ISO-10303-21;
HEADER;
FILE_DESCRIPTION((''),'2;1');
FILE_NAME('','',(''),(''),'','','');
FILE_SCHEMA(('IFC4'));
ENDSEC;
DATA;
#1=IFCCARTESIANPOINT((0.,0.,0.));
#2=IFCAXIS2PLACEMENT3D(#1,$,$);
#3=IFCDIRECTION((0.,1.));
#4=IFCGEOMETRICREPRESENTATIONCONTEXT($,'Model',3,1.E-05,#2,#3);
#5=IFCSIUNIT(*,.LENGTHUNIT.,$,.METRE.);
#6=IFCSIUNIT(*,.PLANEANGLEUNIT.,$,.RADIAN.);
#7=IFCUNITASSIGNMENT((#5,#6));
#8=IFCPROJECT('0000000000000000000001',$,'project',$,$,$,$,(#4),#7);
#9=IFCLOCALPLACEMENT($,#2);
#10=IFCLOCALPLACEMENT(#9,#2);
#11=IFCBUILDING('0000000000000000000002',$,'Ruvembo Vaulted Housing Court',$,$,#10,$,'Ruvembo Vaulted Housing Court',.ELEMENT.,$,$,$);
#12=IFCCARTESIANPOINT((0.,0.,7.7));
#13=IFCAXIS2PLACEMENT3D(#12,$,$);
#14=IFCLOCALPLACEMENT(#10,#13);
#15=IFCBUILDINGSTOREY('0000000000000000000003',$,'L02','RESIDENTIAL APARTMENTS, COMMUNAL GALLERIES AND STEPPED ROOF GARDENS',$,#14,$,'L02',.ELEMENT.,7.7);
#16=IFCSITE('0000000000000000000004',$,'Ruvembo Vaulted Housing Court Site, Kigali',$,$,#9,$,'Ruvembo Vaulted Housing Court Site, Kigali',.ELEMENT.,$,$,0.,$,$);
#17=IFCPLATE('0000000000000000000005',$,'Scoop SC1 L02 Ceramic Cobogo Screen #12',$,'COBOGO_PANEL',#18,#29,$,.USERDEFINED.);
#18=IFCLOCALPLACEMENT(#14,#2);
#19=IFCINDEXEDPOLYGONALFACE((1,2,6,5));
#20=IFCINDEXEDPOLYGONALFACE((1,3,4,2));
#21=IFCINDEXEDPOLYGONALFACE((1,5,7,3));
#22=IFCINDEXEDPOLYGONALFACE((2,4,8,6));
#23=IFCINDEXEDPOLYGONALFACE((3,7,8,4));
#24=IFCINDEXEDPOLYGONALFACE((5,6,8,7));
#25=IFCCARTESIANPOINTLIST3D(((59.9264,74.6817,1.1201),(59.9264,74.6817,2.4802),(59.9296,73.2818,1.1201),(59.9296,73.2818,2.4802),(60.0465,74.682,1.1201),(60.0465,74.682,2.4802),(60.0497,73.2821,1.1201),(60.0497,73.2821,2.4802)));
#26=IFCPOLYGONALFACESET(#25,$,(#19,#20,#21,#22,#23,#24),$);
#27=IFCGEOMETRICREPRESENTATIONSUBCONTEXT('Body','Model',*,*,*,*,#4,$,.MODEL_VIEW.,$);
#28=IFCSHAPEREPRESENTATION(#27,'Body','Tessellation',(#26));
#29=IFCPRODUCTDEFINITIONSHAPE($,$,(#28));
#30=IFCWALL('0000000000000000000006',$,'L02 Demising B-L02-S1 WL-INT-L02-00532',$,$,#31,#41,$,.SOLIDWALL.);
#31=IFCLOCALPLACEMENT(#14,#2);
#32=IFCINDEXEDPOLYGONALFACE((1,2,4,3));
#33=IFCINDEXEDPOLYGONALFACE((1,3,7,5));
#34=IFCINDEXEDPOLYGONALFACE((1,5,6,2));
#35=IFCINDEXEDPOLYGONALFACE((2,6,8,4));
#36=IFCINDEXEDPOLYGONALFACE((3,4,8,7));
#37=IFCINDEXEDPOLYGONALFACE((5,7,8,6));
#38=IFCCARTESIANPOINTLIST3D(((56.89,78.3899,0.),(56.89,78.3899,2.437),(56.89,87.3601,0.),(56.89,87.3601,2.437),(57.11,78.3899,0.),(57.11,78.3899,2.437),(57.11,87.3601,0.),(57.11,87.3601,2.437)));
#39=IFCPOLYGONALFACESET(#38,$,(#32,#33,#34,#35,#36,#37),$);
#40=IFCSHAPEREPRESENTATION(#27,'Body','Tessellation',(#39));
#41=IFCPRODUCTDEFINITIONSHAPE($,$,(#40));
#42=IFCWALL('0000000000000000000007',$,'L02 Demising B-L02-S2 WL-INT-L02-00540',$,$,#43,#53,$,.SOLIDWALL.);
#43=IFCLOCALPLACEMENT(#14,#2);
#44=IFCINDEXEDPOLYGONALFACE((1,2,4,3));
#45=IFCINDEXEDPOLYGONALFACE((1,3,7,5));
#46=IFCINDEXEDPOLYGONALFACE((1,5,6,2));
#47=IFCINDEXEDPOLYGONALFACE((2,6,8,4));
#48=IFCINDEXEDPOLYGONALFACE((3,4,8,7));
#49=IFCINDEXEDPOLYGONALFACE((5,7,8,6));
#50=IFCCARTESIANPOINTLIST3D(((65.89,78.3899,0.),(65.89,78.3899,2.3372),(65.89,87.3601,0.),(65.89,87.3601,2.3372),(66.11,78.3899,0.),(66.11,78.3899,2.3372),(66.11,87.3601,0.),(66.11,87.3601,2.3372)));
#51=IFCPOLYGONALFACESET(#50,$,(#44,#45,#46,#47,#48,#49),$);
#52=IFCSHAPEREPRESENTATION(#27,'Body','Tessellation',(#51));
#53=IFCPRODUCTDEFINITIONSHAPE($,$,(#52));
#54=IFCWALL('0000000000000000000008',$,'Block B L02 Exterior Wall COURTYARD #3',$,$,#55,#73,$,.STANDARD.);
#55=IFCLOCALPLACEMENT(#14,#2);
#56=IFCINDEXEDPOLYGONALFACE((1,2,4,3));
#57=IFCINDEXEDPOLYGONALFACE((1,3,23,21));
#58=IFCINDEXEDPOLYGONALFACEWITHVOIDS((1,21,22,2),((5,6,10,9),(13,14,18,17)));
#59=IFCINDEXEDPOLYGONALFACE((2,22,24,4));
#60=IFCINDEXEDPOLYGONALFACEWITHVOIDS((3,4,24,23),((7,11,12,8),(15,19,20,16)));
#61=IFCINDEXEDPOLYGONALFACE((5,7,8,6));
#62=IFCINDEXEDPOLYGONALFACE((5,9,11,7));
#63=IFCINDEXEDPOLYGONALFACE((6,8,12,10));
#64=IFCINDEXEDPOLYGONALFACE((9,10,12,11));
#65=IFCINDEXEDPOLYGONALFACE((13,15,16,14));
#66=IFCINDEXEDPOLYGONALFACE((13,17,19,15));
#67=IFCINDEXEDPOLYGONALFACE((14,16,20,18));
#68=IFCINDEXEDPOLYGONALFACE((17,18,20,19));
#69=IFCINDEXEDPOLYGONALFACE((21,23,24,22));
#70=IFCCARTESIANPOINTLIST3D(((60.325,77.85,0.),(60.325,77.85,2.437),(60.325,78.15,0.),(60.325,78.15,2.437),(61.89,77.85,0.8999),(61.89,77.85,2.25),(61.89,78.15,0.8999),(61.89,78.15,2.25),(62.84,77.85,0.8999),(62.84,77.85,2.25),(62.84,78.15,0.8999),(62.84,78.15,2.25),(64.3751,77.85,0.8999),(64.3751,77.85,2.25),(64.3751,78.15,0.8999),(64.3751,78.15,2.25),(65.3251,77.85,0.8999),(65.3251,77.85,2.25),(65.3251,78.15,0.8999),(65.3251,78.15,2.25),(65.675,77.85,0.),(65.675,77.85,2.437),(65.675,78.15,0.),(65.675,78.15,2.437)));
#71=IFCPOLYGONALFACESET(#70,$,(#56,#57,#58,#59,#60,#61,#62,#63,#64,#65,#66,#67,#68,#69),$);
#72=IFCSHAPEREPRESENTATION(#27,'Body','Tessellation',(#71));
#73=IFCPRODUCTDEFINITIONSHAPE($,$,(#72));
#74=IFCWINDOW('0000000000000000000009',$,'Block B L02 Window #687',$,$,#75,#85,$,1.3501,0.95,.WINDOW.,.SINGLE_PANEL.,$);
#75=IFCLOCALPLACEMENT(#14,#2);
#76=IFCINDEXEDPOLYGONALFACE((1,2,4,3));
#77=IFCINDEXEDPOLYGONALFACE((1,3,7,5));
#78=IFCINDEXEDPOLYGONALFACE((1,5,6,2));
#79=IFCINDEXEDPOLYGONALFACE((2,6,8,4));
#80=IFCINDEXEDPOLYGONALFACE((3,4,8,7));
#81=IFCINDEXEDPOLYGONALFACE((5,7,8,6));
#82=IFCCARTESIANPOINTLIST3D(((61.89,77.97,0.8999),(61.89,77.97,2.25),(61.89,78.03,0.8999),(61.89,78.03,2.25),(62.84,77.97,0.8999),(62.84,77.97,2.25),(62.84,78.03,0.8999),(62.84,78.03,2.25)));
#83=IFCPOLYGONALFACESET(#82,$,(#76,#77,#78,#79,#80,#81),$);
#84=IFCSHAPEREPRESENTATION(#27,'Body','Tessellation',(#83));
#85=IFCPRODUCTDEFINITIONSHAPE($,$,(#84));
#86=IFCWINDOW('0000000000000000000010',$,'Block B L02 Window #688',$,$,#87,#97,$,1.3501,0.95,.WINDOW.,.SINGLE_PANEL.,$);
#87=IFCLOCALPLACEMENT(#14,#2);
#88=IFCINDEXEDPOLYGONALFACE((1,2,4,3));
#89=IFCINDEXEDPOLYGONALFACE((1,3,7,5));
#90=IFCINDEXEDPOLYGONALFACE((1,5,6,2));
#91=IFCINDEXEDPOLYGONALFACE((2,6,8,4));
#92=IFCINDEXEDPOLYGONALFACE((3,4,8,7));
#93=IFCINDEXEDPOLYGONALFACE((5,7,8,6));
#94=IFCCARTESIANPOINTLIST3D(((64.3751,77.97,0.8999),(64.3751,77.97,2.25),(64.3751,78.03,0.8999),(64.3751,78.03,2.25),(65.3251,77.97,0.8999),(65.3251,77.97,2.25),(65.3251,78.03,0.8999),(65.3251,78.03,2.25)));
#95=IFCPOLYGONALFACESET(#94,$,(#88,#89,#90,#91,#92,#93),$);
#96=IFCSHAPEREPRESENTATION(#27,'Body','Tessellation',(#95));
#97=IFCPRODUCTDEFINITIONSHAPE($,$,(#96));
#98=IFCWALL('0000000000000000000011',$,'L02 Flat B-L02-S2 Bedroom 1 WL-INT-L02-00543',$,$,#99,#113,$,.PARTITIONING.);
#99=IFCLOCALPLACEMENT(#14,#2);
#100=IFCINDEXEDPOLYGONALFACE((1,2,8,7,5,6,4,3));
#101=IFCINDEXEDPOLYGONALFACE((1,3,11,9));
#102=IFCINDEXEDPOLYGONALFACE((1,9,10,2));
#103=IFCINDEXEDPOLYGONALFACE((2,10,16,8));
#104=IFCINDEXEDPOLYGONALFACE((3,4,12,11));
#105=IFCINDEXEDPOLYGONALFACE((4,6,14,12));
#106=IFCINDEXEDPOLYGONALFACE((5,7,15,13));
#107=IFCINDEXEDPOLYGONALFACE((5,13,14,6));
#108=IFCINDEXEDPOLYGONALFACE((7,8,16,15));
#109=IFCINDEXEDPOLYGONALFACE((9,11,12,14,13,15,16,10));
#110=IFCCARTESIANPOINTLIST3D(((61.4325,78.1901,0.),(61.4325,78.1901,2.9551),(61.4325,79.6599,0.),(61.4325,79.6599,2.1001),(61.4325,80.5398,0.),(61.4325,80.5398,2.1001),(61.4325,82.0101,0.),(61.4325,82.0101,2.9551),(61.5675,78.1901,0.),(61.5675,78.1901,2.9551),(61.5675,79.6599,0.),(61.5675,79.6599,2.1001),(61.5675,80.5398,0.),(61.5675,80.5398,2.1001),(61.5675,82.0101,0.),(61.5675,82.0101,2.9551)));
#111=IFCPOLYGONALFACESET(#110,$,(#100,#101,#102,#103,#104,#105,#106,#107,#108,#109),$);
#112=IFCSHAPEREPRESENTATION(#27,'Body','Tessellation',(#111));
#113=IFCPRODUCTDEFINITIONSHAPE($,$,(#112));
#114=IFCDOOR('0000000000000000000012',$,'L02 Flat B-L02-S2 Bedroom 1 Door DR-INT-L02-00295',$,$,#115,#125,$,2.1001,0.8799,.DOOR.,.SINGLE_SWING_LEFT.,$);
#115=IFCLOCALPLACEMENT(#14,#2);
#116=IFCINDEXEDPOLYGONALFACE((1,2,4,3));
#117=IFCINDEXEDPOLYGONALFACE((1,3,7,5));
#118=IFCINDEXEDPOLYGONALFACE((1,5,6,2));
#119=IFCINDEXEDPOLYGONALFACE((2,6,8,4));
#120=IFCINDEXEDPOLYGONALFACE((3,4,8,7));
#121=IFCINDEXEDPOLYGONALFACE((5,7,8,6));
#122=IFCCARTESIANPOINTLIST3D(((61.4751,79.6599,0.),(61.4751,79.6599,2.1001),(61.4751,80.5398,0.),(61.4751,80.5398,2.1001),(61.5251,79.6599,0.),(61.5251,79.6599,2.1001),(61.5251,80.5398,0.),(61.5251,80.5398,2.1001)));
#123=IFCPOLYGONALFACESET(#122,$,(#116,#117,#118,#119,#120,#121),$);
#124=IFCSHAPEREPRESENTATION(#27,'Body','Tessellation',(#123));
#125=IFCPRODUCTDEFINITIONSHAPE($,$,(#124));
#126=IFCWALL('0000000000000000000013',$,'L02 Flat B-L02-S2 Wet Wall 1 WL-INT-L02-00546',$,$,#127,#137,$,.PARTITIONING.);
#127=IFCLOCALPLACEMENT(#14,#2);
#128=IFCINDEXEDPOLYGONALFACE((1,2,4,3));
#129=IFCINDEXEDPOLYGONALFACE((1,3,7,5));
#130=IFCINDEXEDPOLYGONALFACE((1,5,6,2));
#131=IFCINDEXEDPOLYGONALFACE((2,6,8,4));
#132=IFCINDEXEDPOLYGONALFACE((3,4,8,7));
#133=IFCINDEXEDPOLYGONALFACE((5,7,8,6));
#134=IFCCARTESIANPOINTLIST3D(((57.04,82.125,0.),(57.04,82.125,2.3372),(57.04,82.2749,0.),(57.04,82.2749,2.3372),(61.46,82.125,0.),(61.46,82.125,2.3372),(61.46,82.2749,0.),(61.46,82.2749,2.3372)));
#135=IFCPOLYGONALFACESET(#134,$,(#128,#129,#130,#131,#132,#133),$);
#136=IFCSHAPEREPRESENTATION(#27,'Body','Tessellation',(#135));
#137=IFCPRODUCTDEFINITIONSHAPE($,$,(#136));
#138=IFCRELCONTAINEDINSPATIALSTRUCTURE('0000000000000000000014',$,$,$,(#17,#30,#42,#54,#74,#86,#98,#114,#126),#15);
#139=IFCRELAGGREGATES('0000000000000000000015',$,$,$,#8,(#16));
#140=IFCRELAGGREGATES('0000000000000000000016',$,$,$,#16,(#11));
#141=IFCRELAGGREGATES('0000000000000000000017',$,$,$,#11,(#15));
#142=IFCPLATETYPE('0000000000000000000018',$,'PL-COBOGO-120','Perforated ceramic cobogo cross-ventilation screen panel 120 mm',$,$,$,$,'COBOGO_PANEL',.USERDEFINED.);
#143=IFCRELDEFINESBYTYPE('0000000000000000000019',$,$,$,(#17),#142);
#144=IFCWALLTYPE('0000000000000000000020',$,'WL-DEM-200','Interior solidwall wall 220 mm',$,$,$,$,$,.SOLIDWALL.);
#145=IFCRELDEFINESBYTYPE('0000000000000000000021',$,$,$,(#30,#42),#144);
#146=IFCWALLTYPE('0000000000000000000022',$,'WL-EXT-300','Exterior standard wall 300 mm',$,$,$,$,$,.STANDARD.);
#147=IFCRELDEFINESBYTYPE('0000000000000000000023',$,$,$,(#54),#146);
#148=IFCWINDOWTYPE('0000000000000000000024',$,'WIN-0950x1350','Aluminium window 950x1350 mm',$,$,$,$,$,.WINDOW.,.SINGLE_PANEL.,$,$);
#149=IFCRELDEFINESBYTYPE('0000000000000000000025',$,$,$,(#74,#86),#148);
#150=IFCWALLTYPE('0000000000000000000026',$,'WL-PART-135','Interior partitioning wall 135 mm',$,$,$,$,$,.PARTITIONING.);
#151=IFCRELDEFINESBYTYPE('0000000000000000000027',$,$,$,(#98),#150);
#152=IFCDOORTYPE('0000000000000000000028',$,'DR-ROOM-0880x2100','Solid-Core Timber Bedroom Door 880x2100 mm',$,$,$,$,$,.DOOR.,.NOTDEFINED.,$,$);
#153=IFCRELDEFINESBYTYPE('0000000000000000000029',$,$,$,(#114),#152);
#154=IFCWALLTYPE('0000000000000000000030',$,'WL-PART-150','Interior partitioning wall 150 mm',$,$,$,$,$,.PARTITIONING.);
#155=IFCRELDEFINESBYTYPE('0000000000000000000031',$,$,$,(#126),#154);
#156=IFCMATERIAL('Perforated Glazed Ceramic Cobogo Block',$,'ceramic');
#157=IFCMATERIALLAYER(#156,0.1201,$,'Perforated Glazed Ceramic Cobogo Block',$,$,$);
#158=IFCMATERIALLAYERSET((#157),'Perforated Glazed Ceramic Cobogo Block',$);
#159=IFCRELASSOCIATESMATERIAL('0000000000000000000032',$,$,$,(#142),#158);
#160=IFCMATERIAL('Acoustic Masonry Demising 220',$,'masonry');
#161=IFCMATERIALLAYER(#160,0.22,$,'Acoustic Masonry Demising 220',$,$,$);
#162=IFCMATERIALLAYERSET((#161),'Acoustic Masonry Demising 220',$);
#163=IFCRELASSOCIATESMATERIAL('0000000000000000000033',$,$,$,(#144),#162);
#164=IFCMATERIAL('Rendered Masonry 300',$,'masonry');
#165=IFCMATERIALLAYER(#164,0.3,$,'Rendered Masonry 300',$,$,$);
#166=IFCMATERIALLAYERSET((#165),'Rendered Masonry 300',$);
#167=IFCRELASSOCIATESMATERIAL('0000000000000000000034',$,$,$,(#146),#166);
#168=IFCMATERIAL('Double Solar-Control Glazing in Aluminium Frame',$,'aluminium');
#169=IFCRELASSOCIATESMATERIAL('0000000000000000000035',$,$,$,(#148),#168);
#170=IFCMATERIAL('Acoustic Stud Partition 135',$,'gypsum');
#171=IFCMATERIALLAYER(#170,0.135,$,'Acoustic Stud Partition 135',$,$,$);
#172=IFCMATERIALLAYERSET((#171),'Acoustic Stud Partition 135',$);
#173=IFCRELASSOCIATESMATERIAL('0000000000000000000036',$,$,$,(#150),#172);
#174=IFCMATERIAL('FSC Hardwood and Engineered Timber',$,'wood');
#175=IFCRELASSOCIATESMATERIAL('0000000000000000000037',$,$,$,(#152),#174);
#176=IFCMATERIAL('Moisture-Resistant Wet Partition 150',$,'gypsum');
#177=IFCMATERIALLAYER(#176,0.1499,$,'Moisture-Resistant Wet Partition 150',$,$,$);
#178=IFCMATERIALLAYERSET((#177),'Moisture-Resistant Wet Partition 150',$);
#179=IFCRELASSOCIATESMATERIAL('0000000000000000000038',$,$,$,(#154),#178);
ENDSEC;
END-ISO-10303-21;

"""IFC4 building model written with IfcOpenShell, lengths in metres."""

from ifc_helpers import new_model, si_unit, direction, frame, frame_2d, origin, origin_2d, place, context, subcontext, project, spatial, rectangle, extrude, material, layer, layer_set, type_object, element, fill, save


model = new_model("IFC4")

# Units and contexts
model_context = context("Model", 3, precision=1e-05, world=origin(), true_north=direction((0.0, 1.0)))
body_context = subcontext(model_context, "Body", "Model", "MODEL_VIEW")
ifc_project = project(units=[si_unit("LENGTHUNIT", "METRE"), si_unit("PLANEANGLEUNIT", "RADIAN")], contexts=[model_context])

# Site, building, storey
site_placement = place(None, origin())
site = spatial("IfcSite", under=ifc_project, at=site_placement, Name="Ruvembo Vaulted Housing Court Site, Kigali", LongName="Ruvembo Vaulted Housing Court Site, Kigali", CompositionType="ELEMENT", RefElevation=0.0)
building_placement = place(site_placement, origin())
building = spatial("IfcBuilding", under=site, at=building_placement, Name="Ruvembo Vaulted Housing Court", LongName="Ruvembo Vaulted Housing Court", CompositionType="ELEMENT")
storey_placement = place(building_placement, frame((0.0, 0.0, 7.7)))
storey = spatial("IfcBuildingStorey", under=building, at=storey_placement, Name="L02", Description="RESIDENTIAL APARTMENTS, COMMUNAL GALLERIES AND STEPPED ROOF GARDENS", LongName="L02", CompositionType="ELEMENT", Elevation=7.7)

# Plate
ifc_material_1 = material(Name="Perforated Glazed Ceramic Cobogo Block", Category="ceramic")
ifc_layer_1 = layer(ifc_material_1, 0.1201, Name="Perforated Glazed Ceramic Cobogo Block")
ifc_layer_set_1 = layer_set([ifc_layer_1], Name="Perforated Glazed Ceramic Cobogo Block")
plate_type = type_object("IfcPlateType", Name="PL-COBOGO-120", Description="Perforated ceramic cobogo cross-ventilation screen panel 120 mm", ElementType="COBOGO_PANEL", PredefinedType="USERDEFINED", material=ifc_layer_set_1)
plate_placement = place(storey_placement, frame((59.988, 73.9819, 1.1201), z_axis=(0.0, 0.0, 1.0), x_axis=(-0.002269, 0.999997, 0.0)))
element("IfcPlate", 1, at=plate_placement, inside=storey, type_object=plate_type, Name="Scoop SC1 L02 Ceramic Cobogo Screen #12", ObjectType="COBOGO_PANEL", PredefinedType="USERDEFINED", context=body_context, shape_type="SweptSolid", body=[
    extrude(rectangle(XDim=1.3999, YDim=0.1201, at=origin_2d()), origin(), (0.0, 0.0, 1.0), 1.3601),
])

# Walls
ifc_material_2 = material(Name="Acoustic Masonry Demising 220", Category="masonry")
ifc_layer_2 = layer(ifc_material_2, 0.22, Name="Acoustic Masonry Demising 220")
ifc_layer_set_2 = layer_set([ifc_layer_2], Name="Acoustic Masonry Demising 220")
wall_type_1 = type_object("IfcWallType", Name="WL-DEM-200", Description="Interior solidwall wall 220 mm", PredefinedType="SOLIDWALL", material=ifc_layer_set_2)
wall_1_placement = place(storey_placement, frame((57.0, 78.3899, 0.0), z_axis=(0.0, 0.0, 1.0), x_axis=(0.0, 1.0, 0.0)))
element("IfcWall", 2, at=wall_1_placement, inside=storey, type_object=wall_type_1, Name="L02 Demising B-L02-S1 WL-INT-L02-00532", PredefinedType="SOLIDWALL", context=body_context, shape_type="SweptSolid", body=[
    extrude(rectangle(XDim=8.9702, YDim=0.22, at=frame_2d((4.4851, 0.0))), origin(), (0.0, 0.0, 1.0), 2.437),
])
wall_2_placement = place(storey_placement, frame((66.0, 78.3899, 0.0), z_axis=(0.0, 0.0, 1.0), x_axis=(0.0, 1.0, 0.0)))
element("IfcWall", 3, at=wall_2_placement, inside=storey, type_object=wall_type_1, Name="L02 Demising B-L02-S2 WL-INT-L02-00540", PredefinedType="SOLIDWALL", context=body_context, shape_type="SweptSolid", body=[
    extrude(rectangle(XDim=8.9702, YDim=0.22, at=frame_2d((4.4851, 0.0))), origin(), (0.0, 0.0, 1.0), 2.3372),
])

# Shared definitions
ifc_material_3 = material(Name="Rendered Masonry 300", Category="masonry")
ifc_layer_3 = layer(ifc_material_3, 0.3, Name="Rendered Masonry 300")
ifc_layer_set_3 = layer_set([ifc_layer_3], Name="Rendered Masonry 300")
wall_type_2 = type_object("IfcWallType", Name="WL-EXT-300", Description="Exterior standard wall 300 mm", PredefinedType="STANDARD", material=ifc_layer_set_3)
ifc_material_4 = material(Name="Double Solar-Control Glazing in Aluminium Frame", Category="aluminium")

# Wall, openings, windows
wall_3_placement = place(storey_placement, frame((60.325, 78.0, 0.0), z_axis=(0.0, 0.0, 1.0), x_axis=(1.0, 0.0, 0.0)))
wall_3 = element("IfcWall", 4, at=wall_3_placement, inside=storey, type_object=wall_type_2, Name="Block B L02 Exterior Wall COURTYARD #3", PredefinedType="STANDARD", context=body_context, shape_type="SweptSolid", body=[
    extrude(rectangle(XDim=5.3501, YDim=0.3, at=frame_2d((2.675, 0.0))), origin(), (0.0, 0.0, 1.0), 2.437),
])
opening_1_placement = place(wall_3_placement, frame((1.5649, 0.0, 0.8999)))
opening_1 = element("IfcOpeningElement", 5, at=opening_1_placement, cuts=wall_3, PredefinedType="OPENING", context=body_context, shape_type="SweptSolid", body=[
    extrude(rectangle(XDim=0.95, YDim=1.3501, at=frame_2d((0.4751, 0.675))), frame((0.0, 0.1599, 0.0), z_axis=(0.0, -1.0, 0.0), x_axis=(1.0, 0.0, 0.0)), (0.0, 0.0, 1.0), 0.3201),
])
opening_2_placement = place(wall_3_placement, frame((4.05, 0.0, 0.8999)))
opening_2 = element("IfcOpeningElement", 6, at=opening_2_placement, cuts=wall_3, PredefinedType="OPENING", context=body_context, shape_type="SweptSolid", body=[
    extrude(rectangle(XDim=0.95, YDim=1.3501, at=frame_2d((0.4751, 0.675))), frame((0.0, 0.1599, 0.0), z_axis=(0.0, -1.0, 0.0), x_axis=(1.0, 0.0, 0.0)), (0.0, 0.0, 1.0), 0.3201),
])
window_type_1 = type_object("IfcWindowType", Name="WIN-0950x1350", Description="Aluminium window 950x1350 mm", PartitioningType="SINGLE_PANEL", PredefinedType="WINDOW", material=ifc_material_4)
window_1_placement = place(opening_1_placement, origin())
window_1 = element("IfcWindow", 7, at=window_1_placement, inside=storey, type_object=window_type_1, Name="Block B L02 Window #687", OverallHeight=1.3501, OverallWidth=0.95, PartitioningType="SINGLE_PANEL", PredefinedType="WINDOW", context=body_context, shape_type="SweptSolid", body=[
    extrude(rectangle(XDim=0.95, YDim=1.3501, at=frame_2d((0.4751, 0.675))), frame((0.0, 0.03, 0.0), z_axis=(0.0, -1.0, 0.0), x_axis=(1.0, 0.0, 0.0)), (0.0, 0.0, 1.0), 0.0601),
])
fill(opening_1, window_1)
window_2_placement = place(opening_2_placement, origin())
window_2 = element("IfcWindow", 8, at=window_2_placement, inside=storey, type_object=window_type_1, Name="Block B L02 Window #688", OverallHeight=1.3501, OverallWidth=0.95, PartitioningType="SINGLE_PANEL", PredefinedType="WINDOW", context=body_context, shape_type="SweptSolid", body=[
    extrude(rectangle(XDim=0.95, YDim=1.3501, at=frame_2d((0.4751, 0.675))), frame((0.0, 0.03, 0.0), z_axis=(0.0, -1.0, 0.0), x_axis=(1.0, 0.0, 0.0)), (0.0, 0.0, 1.0), 0.0601),
])
fill(opening_2, window_2)

# Wall, opening, door
ifc_material_5 = material(Name="Acoustic Stud Partition 135", Category="gypsum")
ifc_layer_4 = layer(ifc_material_5, 0.135, Name="Acoustic Stud Partition 135")
ifc_layer_set_4 = layer_set([ifc_layer_4], Name="Acoustic Stud Partition 135")
wall_type_3 = type_object("IfcWallType", Name="WL-PART-135", Description="Interior partitioning wall 135 mm", PredefinedType="PARTITIONING", material=ifc_layer_set_4)
wall_4_placement = place(storey_placement, frame((61.5, 78.1899, 0.0), z_axis=(0.0, 0.0, 1.0), x_axis=(0.0, 1.0, 0.0)))
wall_4 = element("IfcWall", 9, at=wall_4_placement, inside=storey, type_object=wall_type_3, Name="L02 Flat B-L02-S2 Bedroom 1 WL-INT-L02-00543", PredefinedType="PARTITIONING", context=body_context, shape_type="SweptSolid", body=[
    extrude(rectangle(XDim=3.8201, YDim=0.135, at=frame_2d((1.9102, 0.0))), origin(), (0.0, 0.0, 1.0), 2.9551),
])
opening_3_placement = place(wall_4_placement, frame((1.47, 0.0, 0.0)))
opening_3 = element("IfcOpeningElement", 10, at=opening_3_placement, cuts=wall_4, PredefinedType="OPENING", context=body_context, shape_type="SweptSolid", body=[
    extrude(rectangle(XDim=0.8799, YDim=2.1001, at=frame_2d((0.4399, 1.05))), frame((0.0, 0.0774, 0.0), z_axis=(0.0, -1.0, 0.0), x_axis=(1.0, 0.0, 0.0)), (0.0, 0.0, 1.0), 0.155),
])
ifc_material_6 = material(Name="FSC Hardwood and Engineered Timber", Category="wood")
door_type_1 = type_object("IfcDoorType", Name="DR-ROOM-0880x2100", Description="Solid-Core Timber Bedroom Door 880x2100 mm", OperationType="NOTDEFINED", PredefinedType="DOOR", material=ifc_material_6)
door_1_placement = place(opening_3_placement, origin())
door_1 = element("IfcDoor", 11, at=door_1_placement, inside=storey, type_object=door_type_1, Name="L02 Flat B-L02-S2 Bedroom 1 Door DR-INT-L02-00295", OperationType="SINGLE_SWING_LEFT", OverallHeight=2.1001, OverallWidth=0.8799, PredefinedType="DOOR", context=body_context, shape_type="SweptSolid", body=[
    extrude(rectangle(XDim=0.8799, YDim=2.1001, at=frame_2d((0.4399, 1.05))), frame((0.0, 0.0249, 0.0), z_axis=(0.0, -1.0, 0.0), x_axis=(1.0, 0.0, 0.0)), (0.0, 0.0, 1.0), 0.05),
])
fill(opening_3, door_1)

# Wall
ifc_material_7 = material(Name="Moisture-Resistant Wet Partition 150", Category="gypsum")
ifc_layer_5 = layer(ifc_material_7, 0.1499, Name="Moisture-Resistant Wet Partition 150")
ifc_layer_set_5 = layer_set([ifc_layer_5], Name="Moisture-Resistant Wet Partition 150")
wall_type_4 = type_object("IfcWallType", Name="WL-PART-150", Description="Interior partitioning wall 150 mm", PredefinedType="PARTITIONING", material=ifc_layer_set_5)
wall_5_placement = place(storey_placement, frame((57.04, 82.2, 0.0), z_axis=(0.0, 0.0, 1.0), x_axis=(1.0, 0.0, 0.0)))
element("IfcWall", 12, at=wall_5_placement, inside=storey, type_object=wall_type_4, Name="L02 Flat B-L02-S2 Wet Wall 1 WL-INT-L02-00546", PredefinedType="PARTITIONING", context=body_context, shape_type="SweptSolid", body=[
    extrude(rectangle(XDim=4.4199, YDim=0.1499, at=frame_2d((2.21, 0.0))), origin(), (0.0, 0.0, 1.0), 2.3372),
])

save(model, "model.ifc")
